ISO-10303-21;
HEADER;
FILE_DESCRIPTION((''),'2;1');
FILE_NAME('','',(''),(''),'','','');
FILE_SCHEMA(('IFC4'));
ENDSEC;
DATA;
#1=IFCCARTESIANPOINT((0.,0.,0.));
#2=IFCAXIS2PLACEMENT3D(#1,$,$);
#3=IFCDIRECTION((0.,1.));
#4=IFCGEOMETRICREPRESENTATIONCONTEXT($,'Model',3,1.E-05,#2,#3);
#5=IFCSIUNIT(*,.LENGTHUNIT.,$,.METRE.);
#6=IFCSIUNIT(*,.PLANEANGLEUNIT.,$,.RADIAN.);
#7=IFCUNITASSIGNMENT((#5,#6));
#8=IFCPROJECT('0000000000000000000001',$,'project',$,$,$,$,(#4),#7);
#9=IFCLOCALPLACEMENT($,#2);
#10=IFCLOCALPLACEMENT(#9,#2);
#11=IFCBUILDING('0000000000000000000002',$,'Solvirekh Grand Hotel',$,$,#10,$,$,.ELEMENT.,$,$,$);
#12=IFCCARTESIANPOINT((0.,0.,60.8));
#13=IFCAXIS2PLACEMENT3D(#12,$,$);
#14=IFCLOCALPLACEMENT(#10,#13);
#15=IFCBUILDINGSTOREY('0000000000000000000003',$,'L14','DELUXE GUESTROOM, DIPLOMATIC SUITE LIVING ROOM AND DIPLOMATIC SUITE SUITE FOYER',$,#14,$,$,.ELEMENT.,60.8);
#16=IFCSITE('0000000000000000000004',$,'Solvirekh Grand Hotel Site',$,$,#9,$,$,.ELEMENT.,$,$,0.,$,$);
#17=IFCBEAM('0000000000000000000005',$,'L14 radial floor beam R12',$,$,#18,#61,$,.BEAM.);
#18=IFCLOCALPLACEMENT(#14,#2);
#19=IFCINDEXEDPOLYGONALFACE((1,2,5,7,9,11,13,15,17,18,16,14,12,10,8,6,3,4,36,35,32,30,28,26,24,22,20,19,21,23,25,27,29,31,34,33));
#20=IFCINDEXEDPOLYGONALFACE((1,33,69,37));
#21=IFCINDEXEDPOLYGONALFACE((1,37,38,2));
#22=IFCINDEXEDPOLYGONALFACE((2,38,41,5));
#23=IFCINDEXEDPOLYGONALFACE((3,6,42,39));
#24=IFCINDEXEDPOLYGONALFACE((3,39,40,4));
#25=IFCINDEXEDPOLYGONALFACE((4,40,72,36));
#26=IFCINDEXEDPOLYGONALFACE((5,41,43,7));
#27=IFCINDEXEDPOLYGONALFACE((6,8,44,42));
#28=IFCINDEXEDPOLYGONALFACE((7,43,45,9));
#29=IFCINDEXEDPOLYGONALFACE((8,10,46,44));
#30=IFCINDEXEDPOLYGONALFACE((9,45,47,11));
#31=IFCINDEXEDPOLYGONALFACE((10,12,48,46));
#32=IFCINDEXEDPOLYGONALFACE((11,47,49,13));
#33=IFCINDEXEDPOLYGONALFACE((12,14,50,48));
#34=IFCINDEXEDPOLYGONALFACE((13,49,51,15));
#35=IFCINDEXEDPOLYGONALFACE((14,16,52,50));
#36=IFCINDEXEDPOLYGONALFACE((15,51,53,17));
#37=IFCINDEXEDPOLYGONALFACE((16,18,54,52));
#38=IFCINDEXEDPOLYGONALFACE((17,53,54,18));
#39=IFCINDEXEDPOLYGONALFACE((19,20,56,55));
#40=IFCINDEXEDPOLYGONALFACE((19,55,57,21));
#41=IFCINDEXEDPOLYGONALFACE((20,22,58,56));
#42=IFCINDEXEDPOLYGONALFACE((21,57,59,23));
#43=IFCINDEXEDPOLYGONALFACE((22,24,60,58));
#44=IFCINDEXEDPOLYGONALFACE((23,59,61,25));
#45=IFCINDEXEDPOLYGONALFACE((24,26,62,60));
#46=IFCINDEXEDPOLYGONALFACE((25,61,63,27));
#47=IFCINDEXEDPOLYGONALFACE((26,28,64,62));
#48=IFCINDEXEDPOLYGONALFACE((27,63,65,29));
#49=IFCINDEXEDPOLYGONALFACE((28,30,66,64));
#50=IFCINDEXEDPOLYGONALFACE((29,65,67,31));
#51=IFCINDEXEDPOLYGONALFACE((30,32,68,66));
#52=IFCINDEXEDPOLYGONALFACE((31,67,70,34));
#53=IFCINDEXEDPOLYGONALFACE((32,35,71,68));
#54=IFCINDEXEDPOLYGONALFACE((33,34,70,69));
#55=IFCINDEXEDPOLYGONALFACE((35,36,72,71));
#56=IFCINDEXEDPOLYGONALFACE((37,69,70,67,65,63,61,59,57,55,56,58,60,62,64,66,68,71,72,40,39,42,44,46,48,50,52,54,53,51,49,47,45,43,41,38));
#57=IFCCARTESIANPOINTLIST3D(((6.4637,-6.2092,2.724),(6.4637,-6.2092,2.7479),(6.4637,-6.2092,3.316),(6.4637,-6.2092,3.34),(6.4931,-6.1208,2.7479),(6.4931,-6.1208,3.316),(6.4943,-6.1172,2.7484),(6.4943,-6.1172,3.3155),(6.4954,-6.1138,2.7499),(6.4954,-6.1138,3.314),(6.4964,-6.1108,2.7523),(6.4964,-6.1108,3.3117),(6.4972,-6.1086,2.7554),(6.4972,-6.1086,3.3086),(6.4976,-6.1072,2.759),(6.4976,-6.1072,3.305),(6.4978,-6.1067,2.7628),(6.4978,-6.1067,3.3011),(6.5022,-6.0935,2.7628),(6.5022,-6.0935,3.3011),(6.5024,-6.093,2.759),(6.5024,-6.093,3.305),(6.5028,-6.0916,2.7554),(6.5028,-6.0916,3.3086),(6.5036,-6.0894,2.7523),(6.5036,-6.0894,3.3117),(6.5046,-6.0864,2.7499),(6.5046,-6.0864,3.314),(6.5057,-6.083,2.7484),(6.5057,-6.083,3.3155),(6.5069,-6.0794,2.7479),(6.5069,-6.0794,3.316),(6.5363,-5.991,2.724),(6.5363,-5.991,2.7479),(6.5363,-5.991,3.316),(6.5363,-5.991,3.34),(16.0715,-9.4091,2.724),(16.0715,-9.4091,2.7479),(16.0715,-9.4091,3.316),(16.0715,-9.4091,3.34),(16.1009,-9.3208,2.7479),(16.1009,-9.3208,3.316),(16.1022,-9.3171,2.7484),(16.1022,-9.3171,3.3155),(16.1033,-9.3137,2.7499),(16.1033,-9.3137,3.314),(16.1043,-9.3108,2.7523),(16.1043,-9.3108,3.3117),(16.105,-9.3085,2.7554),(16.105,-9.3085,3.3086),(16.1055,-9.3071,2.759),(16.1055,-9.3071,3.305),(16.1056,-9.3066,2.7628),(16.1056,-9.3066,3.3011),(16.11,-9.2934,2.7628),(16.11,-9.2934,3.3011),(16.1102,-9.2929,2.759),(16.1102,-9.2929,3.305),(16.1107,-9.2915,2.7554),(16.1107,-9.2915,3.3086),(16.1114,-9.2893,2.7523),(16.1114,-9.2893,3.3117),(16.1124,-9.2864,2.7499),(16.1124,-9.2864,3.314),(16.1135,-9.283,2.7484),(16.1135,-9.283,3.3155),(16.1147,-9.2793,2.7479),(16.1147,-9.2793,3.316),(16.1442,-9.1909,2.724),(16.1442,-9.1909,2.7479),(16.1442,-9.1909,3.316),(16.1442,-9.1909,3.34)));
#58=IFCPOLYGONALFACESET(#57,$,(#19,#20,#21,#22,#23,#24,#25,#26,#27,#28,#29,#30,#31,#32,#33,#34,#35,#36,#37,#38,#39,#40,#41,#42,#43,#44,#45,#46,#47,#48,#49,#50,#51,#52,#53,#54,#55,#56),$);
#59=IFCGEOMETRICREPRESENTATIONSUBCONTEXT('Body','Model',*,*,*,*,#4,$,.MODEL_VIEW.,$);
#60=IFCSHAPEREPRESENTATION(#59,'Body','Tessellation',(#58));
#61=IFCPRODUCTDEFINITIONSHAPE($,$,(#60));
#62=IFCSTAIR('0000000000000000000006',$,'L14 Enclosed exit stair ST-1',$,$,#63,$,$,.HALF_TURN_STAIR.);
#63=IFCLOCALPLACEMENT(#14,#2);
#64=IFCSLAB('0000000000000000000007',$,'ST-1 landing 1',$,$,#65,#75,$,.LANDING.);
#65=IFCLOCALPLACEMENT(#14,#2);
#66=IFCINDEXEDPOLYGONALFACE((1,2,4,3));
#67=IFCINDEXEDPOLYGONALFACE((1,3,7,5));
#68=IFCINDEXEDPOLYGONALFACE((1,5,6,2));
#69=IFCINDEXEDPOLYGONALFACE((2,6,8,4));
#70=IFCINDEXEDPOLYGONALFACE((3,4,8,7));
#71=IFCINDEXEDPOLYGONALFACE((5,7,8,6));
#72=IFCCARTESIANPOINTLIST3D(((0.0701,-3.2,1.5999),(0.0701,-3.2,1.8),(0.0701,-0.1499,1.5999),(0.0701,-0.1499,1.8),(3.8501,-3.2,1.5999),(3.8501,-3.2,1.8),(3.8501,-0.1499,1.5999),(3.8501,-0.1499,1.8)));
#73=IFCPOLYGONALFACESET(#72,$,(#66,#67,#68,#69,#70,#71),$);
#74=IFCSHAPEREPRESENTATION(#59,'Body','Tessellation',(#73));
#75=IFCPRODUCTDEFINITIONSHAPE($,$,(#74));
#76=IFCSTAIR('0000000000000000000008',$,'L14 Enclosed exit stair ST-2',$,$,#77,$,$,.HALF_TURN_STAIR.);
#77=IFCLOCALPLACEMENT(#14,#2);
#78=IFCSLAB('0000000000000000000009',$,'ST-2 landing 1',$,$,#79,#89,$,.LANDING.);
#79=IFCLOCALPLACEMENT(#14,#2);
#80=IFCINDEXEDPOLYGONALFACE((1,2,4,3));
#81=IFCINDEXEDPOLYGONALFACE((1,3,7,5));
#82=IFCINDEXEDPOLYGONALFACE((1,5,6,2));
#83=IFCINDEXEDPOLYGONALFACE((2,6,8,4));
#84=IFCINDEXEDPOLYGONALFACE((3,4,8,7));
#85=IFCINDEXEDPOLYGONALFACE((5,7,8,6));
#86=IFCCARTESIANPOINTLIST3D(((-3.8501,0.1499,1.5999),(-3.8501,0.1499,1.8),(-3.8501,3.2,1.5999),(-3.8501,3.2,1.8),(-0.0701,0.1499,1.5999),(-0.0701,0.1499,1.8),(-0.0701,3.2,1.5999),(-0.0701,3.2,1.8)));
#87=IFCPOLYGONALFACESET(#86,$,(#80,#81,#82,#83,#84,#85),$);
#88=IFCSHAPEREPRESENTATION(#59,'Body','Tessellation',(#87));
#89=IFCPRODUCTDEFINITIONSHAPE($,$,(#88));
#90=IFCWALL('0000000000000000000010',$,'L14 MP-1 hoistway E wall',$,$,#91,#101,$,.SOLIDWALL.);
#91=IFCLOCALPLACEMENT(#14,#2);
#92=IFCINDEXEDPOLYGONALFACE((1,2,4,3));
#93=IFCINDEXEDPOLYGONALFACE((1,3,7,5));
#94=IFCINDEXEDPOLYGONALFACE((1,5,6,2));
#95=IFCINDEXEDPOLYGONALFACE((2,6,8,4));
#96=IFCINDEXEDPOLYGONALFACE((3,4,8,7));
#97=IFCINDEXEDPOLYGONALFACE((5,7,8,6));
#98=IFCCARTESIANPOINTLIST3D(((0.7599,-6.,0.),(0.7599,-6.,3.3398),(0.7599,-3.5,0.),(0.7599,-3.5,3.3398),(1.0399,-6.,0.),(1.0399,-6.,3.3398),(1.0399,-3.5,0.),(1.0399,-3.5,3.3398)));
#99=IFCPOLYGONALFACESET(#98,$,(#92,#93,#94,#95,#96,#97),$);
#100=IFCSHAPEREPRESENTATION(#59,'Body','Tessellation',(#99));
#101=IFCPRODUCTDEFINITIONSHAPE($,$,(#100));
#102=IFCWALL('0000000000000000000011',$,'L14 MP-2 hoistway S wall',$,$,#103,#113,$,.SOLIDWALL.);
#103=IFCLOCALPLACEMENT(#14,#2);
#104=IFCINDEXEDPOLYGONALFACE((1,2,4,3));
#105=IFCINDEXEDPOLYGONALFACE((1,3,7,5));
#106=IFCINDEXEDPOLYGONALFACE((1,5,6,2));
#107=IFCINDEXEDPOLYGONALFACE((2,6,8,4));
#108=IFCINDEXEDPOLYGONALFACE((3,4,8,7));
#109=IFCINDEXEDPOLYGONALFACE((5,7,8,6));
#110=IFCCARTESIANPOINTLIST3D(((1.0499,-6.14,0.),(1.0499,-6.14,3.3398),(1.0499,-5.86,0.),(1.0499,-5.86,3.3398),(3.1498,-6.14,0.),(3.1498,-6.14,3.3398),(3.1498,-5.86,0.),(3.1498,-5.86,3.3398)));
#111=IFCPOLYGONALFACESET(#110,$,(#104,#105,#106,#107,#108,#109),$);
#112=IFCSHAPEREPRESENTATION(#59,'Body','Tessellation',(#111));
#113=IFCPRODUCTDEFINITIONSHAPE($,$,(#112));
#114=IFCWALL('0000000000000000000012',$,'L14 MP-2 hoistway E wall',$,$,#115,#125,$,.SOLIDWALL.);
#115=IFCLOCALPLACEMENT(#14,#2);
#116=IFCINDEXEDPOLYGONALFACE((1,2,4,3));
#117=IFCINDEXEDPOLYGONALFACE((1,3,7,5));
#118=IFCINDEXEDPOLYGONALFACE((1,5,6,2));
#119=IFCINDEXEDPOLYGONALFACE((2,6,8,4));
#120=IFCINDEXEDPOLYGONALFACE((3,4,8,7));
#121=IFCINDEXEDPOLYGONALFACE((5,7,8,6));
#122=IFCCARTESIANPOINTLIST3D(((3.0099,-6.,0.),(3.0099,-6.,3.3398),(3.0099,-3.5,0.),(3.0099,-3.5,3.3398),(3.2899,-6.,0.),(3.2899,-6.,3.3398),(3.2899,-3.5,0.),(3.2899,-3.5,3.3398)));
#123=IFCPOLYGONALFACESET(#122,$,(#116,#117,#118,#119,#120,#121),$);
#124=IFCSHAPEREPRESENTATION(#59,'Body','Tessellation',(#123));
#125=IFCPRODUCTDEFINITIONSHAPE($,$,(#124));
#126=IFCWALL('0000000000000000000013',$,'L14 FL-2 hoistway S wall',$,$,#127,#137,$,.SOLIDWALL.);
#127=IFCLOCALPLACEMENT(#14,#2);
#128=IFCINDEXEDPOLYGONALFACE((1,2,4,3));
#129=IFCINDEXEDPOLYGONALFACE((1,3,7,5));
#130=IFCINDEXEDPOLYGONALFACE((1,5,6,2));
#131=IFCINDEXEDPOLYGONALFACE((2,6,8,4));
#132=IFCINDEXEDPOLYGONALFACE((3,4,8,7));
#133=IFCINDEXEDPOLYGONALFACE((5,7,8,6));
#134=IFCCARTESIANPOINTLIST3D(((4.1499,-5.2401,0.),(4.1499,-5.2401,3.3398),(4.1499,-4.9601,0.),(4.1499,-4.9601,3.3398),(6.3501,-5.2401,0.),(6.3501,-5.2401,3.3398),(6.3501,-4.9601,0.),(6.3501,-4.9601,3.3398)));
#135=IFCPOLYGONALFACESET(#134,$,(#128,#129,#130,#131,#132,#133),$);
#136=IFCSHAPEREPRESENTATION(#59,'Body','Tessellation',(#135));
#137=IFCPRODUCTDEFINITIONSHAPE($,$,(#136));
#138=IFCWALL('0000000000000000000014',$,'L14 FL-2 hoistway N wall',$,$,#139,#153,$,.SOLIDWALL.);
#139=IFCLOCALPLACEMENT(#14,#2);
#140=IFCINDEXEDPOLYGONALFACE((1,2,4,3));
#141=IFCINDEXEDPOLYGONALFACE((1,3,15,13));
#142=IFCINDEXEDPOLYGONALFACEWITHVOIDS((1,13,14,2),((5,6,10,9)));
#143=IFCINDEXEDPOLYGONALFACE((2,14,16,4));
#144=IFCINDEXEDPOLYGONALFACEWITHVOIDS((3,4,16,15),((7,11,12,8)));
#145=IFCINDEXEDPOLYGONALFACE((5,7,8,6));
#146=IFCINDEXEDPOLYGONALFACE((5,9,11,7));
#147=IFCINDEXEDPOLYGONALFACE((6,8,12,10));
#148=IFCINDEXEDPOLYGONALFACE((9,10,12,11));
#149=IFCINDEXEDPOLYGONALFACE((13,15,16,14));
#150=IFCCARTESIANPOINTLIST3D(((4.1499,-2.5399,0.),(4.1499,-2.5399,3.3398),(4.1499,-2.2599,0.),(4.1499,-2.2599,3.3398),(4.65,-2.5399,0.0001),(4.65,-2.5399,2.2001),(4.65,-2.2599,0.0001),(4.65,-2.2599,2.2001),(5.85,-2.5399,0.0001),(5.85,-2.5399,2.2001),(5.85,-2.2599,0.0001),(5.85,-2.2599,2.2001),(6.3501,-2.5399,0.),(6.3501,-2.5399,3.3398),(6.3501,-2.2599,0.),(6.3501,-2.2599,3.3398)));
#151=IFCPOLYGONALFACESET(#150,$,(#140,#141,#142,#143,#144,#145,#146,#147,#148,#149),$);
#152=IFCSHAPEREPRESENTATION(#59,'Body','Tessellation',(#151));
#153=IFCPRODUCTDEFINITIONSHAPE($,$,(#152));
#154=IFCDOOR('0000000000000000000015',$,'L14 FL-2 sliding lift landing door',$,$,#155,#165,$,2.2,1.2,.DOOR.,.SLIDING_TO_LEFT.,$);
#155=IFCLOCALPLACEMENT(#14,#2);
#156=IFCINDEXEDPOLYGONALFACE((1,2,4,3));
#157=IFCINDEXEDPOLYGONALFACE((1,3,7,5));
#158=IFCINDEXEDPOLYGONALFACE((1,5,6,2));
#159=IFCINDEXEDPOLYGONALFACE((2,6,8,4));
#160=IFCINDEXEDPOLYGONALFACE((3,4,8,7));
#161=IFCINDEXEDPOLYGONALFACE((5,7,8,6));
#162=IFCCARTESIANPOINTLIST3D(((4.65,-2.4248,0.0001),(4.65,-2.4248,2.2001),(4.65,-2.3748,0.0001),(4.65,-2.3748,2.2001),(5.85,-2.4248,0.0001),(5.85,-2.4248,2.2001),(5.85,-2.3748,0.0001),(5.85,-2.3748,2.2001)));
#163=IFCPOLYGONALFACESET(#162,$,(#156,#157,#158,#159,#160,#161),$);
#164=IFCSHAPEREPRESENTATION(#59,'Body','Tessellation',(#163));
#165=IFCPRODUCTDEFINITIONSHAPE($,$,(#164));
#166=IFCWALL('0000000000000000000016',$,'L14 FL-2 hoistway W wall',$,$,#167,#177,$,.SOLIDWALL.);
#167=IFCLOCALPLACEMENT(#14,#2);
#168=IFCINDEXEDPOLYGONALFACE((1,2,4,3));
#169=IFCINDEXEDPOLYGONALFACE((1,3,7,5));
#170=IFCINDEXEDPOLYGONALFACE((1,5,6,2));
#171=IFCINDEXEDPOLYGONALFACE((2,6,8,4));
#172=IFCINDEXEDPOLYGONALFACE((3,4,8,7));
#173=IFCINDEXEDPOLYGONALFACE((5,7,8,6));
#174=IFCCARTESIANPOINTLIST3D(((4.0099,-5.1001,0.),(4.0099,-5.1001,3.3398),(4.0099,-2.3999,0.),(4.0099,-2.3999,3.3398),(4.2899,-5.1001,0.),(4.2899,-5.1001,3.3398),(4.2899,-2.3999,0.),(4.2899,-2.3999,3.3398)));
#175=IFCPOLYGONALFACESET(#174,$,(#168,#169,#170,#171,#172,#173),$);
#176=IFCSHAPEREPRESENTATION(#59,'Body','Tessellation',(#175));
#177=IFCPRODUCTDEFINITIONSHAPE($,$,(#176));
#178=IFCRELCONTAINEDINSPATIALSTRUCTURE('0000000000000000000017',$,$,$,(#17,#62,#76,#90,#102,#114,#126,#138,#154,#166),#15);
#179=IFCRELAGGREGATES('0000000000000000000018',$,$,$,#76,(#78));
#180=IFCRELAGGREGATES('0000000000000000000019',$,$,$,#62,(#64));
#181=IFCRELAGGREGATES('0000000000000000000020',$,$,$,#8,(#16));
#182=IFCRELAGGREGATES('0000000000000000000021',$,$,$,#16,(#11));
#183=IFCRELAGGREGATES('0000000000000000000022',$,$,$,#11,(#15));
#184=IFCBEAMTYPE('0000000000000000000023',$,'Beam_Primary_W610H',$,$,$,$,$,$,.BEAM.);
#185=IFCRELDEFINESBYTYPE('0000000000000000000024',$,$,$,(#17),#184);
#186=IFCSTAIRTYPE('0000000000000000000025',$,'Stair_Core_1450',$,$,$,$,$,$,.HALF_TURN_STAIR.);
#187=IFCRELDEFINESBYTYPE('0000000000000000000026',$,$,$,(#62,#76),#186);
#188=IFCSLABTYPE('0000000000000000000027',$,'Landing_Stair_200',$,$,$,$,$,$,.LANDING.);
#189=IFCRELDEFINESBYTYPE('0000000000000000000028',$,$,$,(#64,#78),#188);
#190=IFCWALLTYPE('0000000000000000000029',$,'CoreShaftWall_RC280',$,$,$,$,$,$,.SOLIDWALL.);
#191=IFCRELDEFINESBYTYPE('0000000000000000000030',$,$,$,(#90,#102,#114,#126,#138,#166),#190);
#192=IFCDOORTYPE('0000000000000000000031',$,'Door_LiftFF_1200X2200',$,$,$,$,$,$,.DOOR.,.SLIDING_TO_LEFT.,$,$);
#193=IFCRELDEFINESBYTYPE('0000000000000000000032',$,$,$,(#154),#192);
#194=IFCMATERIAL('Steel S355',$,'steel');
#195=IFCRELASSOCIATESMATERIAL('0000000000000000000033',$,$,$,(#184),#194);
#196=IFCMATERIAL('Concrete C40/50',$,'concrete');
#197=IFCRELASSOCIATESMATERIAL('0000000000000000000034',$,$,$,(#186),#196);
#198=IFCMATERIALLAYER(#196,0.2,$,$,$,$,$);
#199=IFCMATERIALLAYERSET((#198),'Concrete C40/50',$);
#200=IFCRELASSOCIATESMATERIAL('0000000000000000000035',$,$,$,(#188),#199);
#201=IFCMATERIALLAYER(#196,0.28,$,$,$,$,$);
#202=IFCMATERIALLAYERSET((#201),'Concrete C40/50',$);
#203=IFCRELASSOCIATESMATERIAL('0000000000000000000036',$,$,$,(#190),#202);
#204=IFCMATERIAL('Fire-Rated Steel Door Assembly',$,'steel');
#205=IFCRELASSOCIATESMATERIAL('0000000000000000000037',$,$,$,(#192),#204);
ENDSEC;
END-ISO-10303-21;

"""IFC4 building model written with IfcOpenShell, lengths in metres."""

from ifc_helpers import new_model, si_unit, direction, frame, frame_2d, origin, origin_2d, place, context, subcontext, project, spatial, polyline, rectangle, i_section, outline, extrude, material, layer, layer_set, material_profile, profile_set, type_object, element, fill, aggregate, save


model = new_model("IFC4")

# Units and contexts
model_context = context("Model", 3, precision=1e-05, world=origin(), true_north=direction((0.0, 1.0)))
body_context = subcontext(model_context, "Body", "Model", "MODEL_VIEW")
ifc_project = project(units=[si_unit("LENGTHUNIT", "METRE"), si_unit("PLANEANGLEUNIT", "RADIAN")], contexts=[model_context])

# Site, building, storey
site_placement = place(None, origin())
site = spatial("IfcSite", under=ifc_project, at=site_placement, Name="Solvirekh Grand Hotel Site", CompositionType="ELEMENT", RefElevation=0.0)
building_placement = place(site_placement, origin())
building = spatial("IfcBuilding", under=site, at=building_placement, Name="Solvirekh Grand Hotel", CompositionType="ELEMENT")
storey_placement = place(building_placement, frame((0.0, 0.0, 60.8)))
storey = spatial("IfcBuildingStorey", under=building, at=storey_placement, Name="L14", Description="DELUXE GUESTROOM, DIPLOMATIC SUITE LIVING ROOM AND DIPLOMATIC SUITE SUITE FOYER", CompositionType="ELEMENT", Elevation=60.8)

# Beam
ifc_material_1 = material(Name="Steel S355", Category="steel")
ifc_material_profile = material_profile(ifc_material_1, i_section(OverallWidth=0.23, OverallDepth=0.616, WebThickness=0.0139, FlangeThickness=0.0239, FilletRadius=0.0149, at=origin_2d()), Name="W610X174")
ifc_profile_set = profile_set([ifc_material_profile], Name="Steel S355")
beam_type = type_object("IfcBeamType", Name="Beam_Primary_W610H", PredefinedType="BEAM", material=ifc_profile_set)
beam_placement = place(storey_placement, frame((6.5, -6.1001, 3.032), z_axis=(0.948763, -0.315989, 0.0), x_axis=(0.315989, 0.948763, 0.0)))
element("IfcBeam", 1, at=beam_placement, inside=storey, type_object=beam_type, Name="L14 radial floor beam R12", PredefinedType="BEAM", context=body_context, shape_type="SweptSolid", body=[
    extrude(i_section(OverallWidth=0.23, OverallDepth=0.616, WebThickness=0.0139, FlangeThickness=0.0239, FilletRadius=0.0149, at=origin_2d()), origin(), (0.0, 0.0, 1.0), 10.1267),
])

# Stairs, slabs
ifc_material_2 = material(Name="Concrete C40/50", Category="concrete")
stair_type = type_object("IfcStairType", Name="Stair_Core_1450", PredefinedType="HALF_TURN_STAIR", material=ifc_material_2)
stair_1_placement = place(storey_placement, origin())
stair_1 = element("IfcStair", 2, at=stair_1_placement, inside=storey, type_object=stair_type, Name="L14 Enclosed exit stair ST-1", PredefinedType="HALF_TURN_STAIR")
ifc_layer_1 = layer(ifc_material_2, 0.2)
ifc_layer_set_1 = layer_set([ifc_layer_1], Name="Concrete C40/50")
slab_type = type_object("IfcSlabType", Name="Landing_Stair_200", PredefinedType="LANDING", material=ifc_layer_set_1)
slab_1_placement = place(storey_placement, frame((0.0, 0.0, 1.5999)))
slab_1 = element("IfcSlab", 3, at=slab_1_placement, type_object=slab_type, Name="ST-1 landing 1", PredefinedType="LANDING", context=body_context, shape_type="SweptSolid", body=[
    extrude(outline(polyline([(0.0701, -3.2), (3.8501, -3.2), (3.8501, -0.1499), (0.0701, -0.1499), (0.0701, -3.2)])), origin(), (0.0, 0.0, 1.0), 0.2002),
])
stair_2_placement = place(storey_placement, origin())
stair_2 = element("IfcStair", 4, at=stair_2_placement, inside=storey, type_object=stair_type, Name="L14 Enclosed exit stair ST-2", PredefinedType="HALF_TURN_STAIR")
slab_2_placement = place(storey_placement, frame((0.0, 0.0, 1.5999)))
slab_2 = element("IfcSlab", 5, at=slab_2_placement, type_object=slab_type, Name="ST-2 landing 1", PredefinedType="LANDING", context=body_context, shape_type="SweptSolid", body=[
    extrude(outline(polyline([(-0.0701, 3.2), (-3.8501, 3.2), (-3.8501, 0.1499), (-0.0701, 0.1499), (-0.0701, 3.2)])), origin(), (0.0, 0.0, 1.0), 0.2002),
])
aggregate(stair_2, [slab_2])

# Walls
ifc_layer_2 = layer(ifc_material_2, 0.28)
ifc_layer_set_2 = layer_set([ifc_layer_2], Name="Concrete C40/50")
wall_type_1 = type_object("IfcWallType", Name="CoreShaftWall_RC280", PredefinedType="SOLIDWALL", material=ifc_layer_set_2)
wall_1_placement = place(storey_placement, frame((0.8999, -6.0, 0.0), z_axis=(0.0, 0.0, 1.0), x_axis=(0.0, 1.0, 0.0)))
element("IfcWall", 6, at=wall_1_placement, inside=storey, type_object=wall_type_1, Name="L14 MP-1 hoistway E wall", PredefinedType="SOLIDWALL", context=body_context, shape_type="SweptSolid", body=[
    extrude(rectangle(XDim=2.5, YDim=0.28, at=frame_2d((1.25, 0.0))), origin(), (0.0, 0.0, 1.0), 3.3398),
])
wall_2_placement = place(storey_placement, frame((1.05, -6.0, 0.0), z_axis=(0.0, 0.0, 1.0), x_axis=(1.0, 0.0, 0.0)))
element("IfcWall", 7, at=wall_2_placement, inside=storey, type_object=wall_type_1, Name="L14 MP-2 hoistway S wall", PredefinedType="SOLIDWALL", context=body_context, shape_type="SweptSolid", body=[
    extrude(rectangle(XDim=2.0999, YDim=0.28, at=frame_2d((1.0498, 0.0))), origin(), (0.0, 0.0, 1.0), 3.3398),
])
wall_3_placement = place(storey_placement, frame((3.1499, -6.0, 0.0), z_axis=(0.0, 0.0, 1.0), x_axis=(0.0, 1.0, 0.0)))
element("IfcWall", 8, at=wall_3_placement, inside=storey, type_object=wall_type_1, Name="L14 MP-2 hoistway E wall", PredefinedType="SOLIDWALL", context=body_context, shape_type="SweptSolid", body=[
    extrude(rectangle(XDim=2.5, YDim=0.28, at=frame_2d((1.25, 0.0))), origin(), (0.0, 0.0, 1.0), 3.3398),
])
wall_4_placement = place(storey_placement, frame((4.1499, -5.1001, 0.0), z_axis=(0.0, 0.0, 1.0), x_axis=(1.0, 0.0, 0.0)))
element("IfcWall", 9, at=wall_4_placement, inside=storey, type_object=wall_type_1, Name="L14 FL-2 hoistway S wall", PredefinedType="SOLIDWALL", context=body_context, shape_type="SweptSolid", body=[
    extrude(rectangle(XDim=2.2002, YDim=0.28, at=frame_2d((1.1001, 0.0))), origin(), (0.0, 0.0, 1.0), 3.3398),
])

# Wall, opening, door
wall_5_placement = place(storey_placement, frame((6.3501, -2.3999, 0.0), z_axis=(0.0, 0.0, 1.0), x_axis=(-1.0, 0.0, 0.0)))
wall_5 = element("IfcWall", 10, at=wall_5_placement, inside=storey, type_object=wall_type_1, Name="L14 FL-2 hoistway N wall", PredefinedType="SOLIDWALL", context=body_context, shape_type="SweptSolid", body=[
    extrude(rectangle(XDim=2.2002, YDim=0.28, at=frame_2d((1.1001, 0.0))), origin(), (0.0, 0.0, 1.0), 3.3398),
])
opening_1_placement = place(wall_5_placement, frame((0.5, 0.0, 0.0)))
opening_1 = element("IfcOpeningElement", 11, at=opening_1_placement, cuts=wall_5, PredefinedType="OPENING", context=body_context, shape_type="SweptSolid", body=[
    extrude(rectangle(XDim=1.2, YDim=2.2, at=frame_2d((0.6001, 1.1001))), frame((0.0, 0.1499, 0.0), z_axis=(0.0, -1.0, 0.0), x_axis=(1.0, 0.0, 0.0)), (0.0, 0.0, 1.0), 0.3),
])
ifc_material_3 = material(Name="Fire-Rated Steel Door Assembly", Category="steel")
door_type_1 = type_object("IfcDoorType", Name="Door_LiftFF_1200X2200", OperationType="SLIDING_TO_LEFT", PredefinedType="DOOR", material=ifc_material_3)
door_1_placement = place(opening_1_placement, origin())
door_1 = element("IfcDoor", 12, at=door_1_placement, inside=storey, type_object=door_type_1, Name="L14 FL-2 sliding lift landing door", OperationType="SLIDING_TO_LEFT", OverallHeight=2.2, OverallWidth=1.2, PredefinedType="DOOR", context=body_context, shape_type="SweptSolid", body=[
    extrude(rectangle(XDim=1.2, YDim=2.2, at=frame_2d((0.6001, 1.1001))), frame((0.0, 0.0249, 0.0), z_axis=(0.0, -1.0, 0.0), x_axis=(1.0, 0.0, 0.0)), (0.0, 0.0, 1.0), 0.05),
])
fill(opening_1, door_1)

# Wall
wall_6_placement = place(storey_placement, frame((4.1499, -2.3999, 0.0), z_axis=(0.0, 0.0, 1.0), x_axis=(0.0, -1.0, 0.0)))
element("IfcWall", 13, at=wall_6_placement, inside=storey, type_object=wall_type_1, Name="L14 FL-2 hoistway W wall", PredefinedType="SOLIDWALL", context=body_context, shape_type="SweptSolid", body=[
    extrude(rectangle(XDim=2.7002, YDim=0.28, at=frame_2d((1.3501, 0.0))), origin(), (0.0, 0.0, 1.0), 3.3398),
])

aggregate(stair_1, [slab_1])

save(model, "model.ifc")
